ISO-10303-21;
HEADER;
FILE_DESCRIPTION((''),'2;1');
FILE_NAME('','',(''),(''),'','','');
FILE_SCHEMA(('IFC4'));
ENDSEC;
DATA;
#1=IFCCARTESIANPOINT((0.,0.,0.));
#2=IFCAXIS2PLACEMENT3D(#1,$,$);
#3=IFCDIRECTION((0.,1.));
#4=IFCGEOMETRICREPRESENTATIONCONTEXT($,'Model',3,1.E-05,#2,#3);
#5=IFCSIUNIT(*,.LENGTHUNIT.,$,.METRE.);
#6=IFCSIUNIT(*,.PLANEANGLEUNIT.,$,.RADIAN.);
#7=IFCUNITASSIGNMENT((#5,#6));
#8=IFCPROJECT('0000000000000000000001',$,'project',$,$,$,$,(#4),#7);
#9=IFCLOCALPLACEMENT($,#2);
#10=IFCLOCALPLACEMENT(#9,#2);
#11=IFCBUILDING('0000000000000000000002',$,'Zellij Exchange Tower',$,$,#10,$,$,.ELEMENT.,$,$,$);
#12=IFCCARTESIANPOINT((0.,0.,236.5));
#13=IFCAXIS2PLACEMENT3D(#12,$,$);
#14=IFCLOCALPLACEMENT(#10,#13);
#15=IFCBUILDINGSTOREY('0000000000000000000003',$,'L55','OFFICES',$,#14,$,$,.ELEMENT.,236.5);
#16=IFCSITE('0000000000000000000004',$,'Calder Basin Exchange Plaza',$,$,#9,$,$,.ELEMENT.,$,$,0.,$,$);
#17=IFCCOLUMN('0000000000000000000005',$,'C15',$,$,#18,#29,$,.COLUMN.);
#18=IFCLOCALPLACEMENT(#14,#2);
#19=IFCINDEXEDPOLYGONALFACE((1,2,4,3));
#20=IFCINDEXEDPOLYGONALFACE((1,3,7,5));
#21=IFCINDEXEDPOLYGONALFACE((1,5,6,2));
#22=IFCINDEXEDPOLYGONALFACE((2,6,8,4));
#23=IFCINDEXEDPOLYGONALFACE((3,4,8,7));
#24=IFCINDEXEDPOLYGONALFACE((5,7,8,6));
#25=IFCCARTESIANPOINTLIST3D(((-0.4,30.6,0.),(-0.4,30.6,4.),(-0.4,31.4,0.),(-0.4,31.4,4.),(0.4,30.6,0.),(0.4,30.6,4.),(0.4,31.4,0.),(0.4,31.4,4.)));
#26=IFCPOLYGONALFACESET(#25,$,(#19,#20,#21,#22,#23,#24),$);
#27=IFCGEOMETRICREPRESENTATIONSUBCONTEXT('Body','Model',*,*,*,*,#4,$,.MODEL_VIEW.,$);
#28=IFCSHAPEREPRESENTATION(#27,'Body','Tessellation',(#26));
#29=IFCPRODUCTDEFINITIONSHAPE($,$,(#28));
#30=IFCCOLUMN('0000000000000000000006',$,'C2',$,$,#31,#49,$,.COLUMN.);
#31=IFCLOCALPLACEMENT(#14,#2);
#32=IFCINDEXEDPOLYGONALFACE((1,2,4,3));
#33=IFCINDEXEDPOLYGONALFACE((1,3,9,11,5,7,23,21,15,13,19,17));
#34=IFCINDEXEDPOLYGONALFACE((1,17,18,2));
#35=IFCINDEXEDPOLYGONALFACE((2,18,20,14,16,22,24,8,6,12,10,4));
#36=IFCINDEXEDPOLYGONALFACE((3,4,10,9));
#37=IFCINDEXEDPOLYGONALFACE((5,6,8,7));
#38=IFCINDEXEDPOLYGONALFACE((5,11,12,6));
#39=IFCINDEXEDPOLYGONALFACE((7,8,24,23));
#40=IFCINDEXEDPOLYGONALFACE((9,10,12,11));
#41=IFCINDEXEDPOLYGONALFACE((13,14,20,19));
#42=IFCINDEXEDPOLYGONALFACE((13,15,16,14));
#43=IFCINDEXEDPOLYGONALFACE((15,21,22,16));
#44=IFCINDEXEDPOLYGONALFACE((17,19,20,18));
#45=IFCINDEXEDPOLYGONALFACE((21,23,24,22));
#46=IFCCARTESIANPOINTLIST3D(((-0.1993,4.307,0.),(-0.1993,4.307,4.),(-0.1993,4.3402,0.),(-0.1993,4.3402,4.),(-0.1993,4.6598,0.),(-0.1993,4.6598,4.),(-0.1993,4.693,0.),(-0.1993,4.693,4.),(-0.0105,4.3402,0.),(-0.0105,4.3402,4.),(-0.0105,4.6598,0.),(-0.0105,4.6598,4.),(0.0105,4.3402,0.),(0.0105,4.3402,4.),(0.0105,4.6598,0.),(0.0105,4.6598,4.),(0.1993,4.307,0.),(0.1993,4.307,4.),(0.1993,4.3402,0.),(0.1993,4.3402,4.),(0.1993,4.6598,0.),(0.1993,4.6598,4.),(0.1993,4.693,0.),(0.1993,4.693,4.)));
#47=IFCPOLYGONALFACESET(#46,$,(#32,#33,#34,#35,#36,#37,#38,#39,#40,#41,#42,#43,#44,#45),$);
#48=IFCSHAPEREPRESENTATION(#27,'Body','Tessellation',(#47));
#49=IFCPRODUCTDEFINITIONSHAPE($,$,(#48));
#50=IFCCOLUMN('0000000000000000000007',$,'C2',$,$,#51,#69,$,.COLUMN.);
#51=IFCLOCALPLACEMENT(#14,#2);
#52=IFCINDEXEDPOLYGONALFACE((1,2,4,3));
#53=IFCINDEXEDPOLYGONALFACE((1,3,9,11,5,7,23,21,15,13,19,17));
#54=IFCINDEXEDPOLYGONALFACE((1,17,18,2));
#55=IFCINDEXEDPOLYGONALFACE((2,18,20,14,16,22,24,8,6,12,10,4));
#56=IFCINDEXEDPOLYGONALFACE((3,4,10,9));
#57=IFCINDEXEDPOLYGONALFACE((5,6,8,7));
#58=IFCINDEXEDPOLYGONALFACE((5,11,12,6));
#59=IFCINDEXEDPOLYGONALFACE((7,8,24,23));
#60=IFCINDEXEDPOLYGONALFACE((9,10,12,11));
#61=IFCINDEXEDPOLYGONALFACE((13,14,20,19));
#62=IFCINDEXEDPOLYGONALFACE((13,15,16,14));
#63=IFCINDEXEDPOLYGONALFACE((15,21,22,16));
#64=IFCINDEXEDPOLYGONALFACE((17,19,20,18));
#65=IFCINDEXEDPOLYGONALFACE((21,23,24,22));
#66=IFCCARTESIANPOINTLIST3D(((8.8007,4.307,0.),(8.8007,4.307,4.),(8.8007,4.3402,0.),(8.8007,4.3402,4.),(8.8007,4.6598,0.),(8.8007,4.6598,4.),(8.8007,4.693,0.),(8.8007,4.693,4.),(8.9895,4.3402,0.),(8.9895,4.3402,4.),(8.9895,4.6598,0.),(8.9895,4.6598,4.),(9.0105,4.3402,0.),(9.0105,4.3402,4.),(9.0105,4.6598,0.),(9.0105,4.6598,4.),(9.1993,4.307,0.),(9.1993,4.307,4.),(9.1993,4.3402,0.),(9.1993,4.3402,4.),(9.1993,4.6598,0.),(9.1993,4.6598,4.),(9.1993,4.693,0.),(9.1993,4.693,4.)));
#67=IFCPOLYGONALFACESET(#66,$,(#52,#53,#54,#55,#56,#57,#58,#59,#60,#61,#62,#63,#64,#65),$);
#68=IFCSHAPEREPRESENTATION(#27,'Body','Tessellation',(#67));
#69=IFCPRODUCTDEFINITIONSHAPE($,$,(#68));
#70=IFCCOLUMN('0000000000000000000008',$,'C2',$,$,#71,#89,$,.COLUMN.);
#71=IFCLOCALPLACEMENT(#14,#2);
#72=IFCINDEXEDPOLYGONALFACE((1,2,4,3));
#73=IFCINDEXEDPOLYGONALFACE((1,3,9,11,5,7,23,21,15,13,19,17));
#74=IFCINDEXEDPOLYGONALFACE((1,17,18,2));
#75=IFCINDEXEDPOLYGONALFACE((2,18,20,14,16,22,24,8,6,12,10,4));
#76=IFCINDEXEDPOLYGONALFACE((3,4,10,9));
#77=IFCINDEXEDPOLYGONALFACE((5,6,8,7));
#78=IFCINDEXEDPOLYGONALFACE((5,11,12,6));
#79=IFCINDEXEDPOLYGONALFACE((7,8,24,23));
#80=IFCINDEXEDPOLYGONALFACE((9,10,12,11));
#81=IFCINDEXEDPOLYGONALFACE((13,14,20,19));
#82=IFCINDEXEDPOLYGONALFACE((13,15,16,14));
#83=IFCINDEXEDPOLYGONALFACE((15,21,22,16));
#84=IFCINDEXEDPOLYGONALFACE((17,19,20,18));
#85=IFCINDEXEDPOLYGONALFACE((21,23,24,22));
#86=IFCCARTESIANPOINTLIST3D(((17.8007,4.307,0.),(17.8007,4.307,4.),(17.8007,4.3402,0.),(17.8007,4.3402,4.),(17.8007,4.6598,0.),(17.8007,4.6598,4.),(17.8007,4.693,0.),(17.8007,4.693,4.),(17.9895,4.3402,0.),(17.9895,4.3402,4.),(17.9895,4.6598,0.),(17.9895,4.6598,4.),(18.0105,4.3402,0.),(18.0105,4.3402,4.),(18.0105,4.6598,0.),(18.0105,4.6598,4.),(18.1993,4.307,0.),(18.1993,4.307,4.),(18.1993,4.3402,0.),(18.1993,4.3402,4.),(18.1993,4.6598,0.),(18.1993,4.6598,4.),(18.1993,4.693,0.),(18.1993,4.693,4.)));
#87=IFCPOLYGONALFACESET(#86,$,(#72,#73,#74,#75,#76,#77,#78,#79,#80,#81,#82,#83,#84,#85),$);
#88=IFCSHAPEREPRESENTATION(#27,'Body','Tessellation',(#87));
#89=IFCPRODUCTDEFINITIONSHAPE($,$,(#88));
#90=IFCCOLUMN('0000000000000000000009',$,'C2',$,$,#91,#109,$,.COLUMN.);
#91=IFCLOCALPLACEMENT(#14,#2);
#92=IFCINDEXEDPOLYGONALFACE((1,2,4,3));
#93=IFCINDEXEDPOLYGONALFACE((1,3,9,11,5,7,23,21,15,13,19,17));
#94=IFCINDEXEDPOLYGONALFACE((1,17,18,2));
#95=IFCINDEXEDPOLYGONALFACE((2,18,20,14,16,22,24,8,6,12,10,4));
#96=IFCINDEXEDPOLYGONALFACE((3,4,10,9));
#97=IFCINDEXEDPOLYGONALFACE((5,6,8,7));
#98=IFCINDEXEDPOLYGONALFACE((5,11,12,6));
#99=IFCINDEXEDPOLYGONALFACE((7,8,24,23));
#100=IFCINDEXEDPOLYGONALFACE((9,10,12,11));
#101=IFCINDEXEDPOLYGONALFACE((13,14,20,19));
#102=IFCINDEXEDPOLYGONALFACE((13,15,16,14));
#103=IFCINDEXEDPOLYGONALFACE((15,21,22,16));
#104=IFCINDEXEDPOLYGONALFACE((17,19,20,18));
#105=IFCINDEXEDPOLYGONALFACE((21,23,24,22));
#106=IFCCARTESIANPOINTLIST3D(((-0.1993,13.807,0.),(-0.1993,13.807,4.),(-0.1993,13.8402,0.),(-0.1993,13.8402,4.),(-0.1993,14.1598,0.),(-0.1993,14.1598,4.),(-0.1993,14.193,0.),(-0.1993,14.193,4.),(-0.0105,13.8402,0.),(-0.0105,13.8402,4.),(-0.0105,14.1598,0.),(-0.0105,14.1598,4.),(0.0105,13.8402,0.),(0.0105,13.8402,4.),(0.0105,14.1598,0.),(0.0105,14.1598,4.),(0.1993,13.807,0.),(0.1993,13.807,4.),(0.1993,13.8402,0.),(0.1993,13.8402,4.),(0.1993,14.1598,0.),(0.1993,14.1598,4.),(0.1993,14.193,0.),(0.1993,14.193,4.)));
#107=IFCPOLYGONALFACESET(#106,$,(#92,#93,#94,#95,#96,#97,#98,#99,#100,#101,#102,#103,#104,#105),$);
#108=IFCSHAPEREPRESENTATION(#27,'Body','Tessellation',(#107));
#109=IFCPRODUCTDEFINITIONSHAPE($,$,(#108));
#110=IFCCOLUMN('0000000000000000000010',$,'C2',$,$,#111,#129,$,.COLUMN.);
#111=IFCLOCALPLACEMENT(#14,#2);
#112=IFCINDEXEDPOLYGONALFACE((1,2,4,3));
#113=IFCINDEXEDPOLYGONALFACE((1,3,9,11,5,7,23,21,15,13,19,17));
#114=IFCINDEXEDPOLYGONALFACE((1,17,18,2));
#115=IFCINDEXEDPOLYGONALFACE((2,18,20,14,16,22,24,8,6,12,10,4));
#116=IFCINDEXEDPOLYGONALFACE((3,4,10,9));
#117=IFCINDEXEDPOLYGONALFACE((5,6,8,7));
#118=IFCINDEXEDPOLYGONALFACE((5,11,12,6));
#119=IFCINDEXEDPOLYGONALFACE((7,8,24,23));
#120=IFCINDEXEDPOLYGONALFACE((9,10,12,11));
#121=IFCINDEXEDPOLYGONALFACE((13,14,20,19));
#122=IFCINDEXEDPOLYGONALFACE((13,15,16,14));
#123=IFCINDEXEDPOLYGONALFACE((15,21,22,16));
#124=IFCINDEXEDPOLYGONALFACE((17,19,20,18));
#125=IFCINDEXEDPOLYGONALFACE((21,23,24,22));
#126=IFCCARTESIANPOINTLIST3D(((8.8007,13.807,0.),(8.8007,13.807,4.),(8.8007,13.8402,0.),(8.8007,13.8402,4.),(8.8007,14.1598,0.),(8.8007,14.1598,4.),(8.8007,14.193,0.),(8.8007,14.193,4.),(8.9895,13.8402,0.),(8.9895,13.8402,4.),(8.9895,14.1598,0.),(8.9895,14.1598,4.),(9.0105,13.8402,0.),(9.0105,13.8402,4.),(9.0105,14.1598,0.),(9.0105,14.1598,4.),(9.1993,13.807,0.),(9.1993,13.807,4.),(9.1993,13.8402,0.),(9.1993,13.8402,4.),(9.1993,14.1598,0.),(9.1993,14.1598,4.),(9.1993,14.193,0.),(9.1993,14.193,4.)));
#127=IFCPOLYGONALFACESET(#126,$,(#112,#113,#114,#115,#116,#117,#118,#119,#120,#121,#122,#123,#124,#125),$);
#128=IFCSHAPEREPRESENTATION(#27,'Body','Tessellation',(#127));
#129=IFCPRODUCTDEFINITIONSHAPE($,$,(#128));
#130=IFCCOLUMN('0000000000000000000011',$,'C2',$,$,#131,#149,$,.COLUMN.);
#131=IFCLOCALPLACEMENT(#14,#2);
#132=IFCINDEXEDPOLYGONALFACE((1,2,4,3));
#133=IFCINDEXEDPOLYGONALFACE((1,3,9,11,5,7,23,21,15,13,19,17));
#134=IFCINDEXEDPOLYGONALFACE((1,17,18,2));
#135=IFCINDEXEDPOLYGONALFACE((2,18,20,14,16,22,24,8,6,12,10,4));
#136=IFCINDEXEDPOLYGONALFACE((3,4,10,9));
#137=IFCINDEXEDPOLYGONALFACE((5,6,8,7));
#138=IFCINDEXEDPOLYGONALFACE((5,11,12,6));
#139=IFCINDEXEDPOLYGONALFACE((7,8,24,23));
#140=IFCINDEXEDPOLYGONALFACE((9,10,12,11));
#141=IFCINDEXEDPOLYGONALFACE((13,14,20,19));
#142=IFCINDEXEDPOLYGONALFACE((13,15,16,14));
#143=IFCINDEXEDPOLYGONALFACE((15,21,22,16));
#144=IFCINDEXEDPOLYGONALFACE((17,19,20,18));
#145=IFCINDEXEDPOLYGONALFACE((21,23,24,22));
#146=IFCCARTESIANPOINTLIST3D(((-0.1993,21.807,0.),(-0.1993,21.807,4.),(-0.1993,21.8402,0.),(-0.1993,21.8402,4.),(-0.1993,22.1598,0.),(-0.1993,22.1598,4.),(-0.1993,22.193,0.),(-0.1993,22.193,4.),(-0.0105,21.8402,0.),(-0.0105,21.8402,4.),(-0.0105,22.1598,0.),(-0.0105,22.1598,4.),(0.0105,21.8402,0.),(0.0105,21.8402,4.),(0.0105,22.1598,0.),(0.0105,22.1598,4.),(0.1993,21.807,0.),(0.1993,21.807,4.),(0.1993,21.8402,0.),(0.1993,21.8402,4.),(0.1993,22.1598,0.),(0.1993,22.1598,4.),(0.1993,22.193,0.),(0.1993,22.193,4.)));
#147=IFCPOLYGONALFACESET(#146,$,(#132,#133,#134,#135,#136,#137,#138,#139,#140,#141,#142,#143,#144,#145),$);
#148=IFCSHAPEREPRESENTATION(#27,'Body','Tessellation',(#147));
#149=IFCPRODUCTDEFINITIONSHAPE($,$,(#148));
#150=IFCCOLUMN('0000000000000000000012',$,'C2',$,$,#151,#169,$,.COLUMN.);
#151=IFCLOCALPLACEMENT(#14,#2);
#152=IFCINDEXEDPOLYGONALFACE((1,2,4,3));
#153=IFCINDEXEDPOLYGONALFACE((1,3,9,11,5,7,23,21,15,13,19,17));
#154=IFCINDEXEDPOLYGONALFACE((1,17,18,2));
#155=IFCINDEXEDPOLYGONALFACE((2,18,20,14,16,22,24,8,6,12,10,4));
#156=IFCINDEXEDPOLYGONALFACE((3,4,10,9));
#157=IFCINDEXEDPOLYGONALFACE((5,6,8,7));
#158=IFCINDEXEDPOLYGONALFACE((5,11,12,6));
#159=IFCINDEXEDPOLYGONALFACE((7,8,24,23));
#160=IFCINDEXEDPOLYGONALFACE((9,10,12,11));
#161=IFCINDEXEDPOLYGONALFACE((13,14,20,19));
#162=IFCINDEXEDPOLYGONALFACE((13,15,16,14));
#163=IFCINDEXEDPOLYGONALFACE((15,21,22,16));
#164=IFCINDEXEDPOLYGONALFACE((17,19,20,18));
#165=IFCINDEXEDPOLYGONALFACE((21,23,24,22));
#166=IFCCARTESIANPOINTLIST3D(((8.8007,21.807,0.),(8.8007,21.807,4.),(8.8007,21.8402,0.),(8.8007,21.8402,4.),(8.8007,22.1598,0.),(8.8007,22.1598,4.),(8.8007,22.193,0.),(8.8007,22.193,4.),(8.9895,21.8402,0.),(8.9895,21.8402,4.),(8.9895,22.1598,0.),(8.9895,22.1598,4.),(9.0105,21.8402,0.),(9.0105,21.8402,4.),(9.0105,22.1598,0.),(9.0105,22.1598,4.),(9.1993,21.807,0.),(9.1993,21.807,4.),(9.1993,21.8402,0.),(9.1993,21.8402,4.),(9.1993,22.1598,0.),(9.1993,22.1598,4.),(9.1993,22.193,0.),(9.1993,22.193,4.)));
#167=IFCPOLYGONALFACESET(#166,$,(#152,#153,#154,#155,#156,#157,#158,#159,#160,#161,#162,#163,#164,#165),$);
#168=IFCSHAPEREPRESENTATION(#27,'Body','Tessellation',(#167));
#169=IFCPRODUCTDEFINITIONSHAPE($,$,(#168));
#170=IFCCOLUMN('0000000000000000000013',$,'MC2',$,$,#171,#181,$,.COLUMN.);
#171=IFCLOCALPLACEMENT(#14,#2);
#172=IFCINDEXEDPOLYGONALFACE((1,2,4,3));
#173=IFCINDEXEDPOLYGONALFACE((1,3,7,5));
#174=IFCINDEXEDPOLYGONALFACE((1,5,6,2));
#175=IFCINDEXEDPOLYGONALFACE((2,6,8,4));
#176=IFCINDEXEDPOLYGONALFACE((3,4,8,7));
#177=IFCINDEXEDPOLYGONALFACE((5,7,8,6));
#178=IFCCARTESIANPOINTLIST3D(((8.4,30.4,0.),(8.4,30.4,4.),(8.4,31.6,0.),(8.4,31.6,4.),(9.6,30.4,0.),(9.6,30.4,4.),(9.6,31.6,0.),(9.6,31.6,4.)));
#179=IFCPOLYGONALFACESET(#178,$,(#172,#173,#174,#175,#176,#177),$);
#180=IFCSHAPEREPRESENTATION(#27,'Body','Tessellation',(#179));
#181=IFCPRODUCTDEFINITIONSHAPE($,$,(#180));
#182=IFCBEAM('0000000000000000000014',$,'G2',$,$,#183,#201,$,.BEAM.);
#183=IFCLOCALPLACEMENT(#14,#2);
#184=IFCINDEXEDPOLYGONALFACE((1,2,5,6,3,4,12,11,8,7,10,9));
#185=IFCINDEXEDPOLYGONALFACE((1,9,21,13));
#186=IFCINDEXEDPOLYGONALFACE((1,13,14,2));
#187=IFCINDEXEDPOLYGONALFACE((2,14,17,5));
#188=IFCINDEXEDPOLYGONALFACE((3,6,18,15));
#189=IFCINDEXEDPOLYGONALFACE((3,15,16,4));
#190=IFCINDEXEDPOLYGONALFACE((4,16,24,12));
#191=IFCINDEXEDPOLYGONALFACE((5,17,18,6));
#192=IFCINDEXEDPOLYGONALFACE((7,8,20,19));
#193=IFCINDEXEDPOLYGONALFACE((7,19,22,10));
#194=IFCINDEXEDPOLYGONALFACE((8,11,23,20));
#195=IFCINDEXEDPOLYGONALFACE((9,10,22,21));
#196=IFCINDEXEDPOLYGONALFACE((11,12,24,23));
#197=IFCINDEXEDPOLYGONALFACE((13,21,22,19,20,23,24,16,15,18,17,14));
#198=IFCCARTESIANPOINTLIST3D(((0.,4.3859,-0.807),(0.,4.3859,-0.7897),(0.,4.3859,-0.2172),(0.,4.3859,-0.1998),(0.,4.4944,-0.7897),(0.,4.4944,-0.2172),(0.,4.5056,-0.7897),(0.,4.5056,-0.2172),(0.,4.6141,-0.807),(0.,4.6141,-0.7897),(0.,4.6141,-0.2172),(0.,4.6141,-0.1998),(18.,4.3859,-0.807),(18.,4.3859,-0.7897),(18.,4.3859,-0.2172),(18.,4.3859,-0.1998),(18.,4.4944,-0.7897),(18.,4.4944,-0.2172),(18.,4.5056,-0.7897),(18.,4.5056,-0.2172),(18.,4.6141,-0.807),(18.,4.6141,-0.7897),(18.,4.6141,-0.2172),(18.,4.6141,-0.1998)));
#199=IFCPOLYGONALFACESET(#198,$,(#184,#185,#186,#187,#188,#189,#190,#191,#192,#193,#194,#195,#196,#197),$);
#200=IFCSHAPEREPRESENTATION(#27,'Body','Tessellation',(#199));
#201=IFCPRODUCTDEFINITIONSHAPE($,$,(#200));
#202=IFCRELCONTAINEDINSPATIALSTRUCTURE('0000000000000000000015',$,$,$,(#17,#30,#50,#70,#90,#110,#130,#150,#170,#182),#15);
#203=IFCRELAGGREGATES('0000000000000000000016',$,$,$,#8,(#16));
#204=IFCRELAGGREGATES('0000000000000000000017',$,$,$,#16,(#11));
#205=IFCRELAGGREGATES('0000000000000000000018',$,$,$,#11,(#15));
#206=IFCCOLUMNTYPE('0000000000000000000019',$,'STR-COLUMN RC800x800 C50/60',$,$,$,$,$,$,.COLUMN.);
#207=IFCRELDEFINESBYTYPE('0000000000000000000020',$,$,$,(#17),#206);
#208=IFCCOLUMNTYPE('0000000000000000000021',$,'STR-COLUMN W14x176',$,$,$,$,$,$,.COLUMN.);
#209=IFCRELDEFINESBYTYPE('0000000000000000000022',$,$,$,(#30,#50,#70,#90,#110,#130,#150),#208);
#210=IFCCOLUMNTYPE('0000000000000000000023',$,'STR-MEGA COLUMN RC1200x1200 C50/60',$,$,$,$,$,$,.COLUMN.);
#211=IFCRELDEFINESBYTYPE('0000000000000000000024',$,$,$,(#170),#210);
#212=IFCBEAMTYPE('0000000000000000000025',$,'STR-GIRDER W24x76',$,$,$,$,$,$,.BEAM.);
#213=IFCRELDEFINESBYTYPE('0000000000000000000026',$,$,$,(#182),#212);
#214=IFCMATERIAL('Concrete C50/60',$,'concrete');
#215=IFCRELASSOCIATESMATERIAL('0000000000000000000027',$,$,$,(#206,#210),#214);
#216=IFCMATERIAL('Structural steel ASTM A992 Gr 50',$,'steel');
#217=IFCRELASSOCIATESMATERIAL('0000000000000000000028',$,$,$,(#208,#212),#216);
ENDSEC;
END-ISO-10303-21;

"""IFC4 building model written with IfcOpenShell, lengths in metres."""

from ifc_helpers import new_model, si_unit, direction, frame, origin, origin_2d, place, context, subcontext, project, spatial, rectangle, i_section, extrude, material, material_profile, profile_set, type_object, element, save


model = new_model("IFC4")

# Units and contexts
model_context = context("Model", 3, precision=1e-05, world=origin(), true_north=direction((0.0, 1.0)))
body_context = subcontext(model_context, "Body", "Model", "MODEL_VIEW")
ifc_project = project(units=[si_unit("LENGTHUNIT", "METRE"), si_unit("PLANEANGLEUNIT", "RADIAN")], contexts=[model_context])

# Site, building, storey
site_placement = place(None, origin())
site = spatial("IfcSite", under=ifc_project, at=site_placement, Name="Calder Basin Exchange Plaza", CompositionType="ELEMENT", RefElevation=0.0)
building_placement = place(site_placement, origin())
building = spatial("IfcBuilding", under=site, at=building_placement, Name="Zellij Exchange Tower", CompositionType="ELEMENT")
storey_placement = place(building_placement, frame((0.0, 0.0, 236.5)))
storey = spatial("IfcBuildingStorey", under=building, at=storey_placement, Name="L55", Description="OFFICES", CompositionType="ELEMENT", Elevation=236.5)

# Columns
ifc_material_1 = material(Name="Concrete C50/60", Category="concrete")
ifc_material_profile_1 = material_profile(ifc_material_1, rectangle(XDim=0.8, YDim=0.8, at=origin_2d()), Name="STR-COLUMN RC800x800 C50/60")
ifc_profile_set_1 = profile_set([ifc_material_profile_1], Name="Concrete C50/60")
column_type_1 = type_object("IfcColumnType", Name="STR-COLUMN RC800x800 C50/60", PredefinedType="COLUMN", material=ifc_profile_set_1)
column_1_placement = place(storey_placement, frame((0.0, 31.0, 0.0), z_axis=(0.0, 0.0, 1.0), x_axis=(1.0, 0.0, 0.0)))
element("IfcColumn", 1, at=column_1_placement, inside=storey, type_object=column_type_1, Name="C15", PredefinedType="COLUMN", context=body_context, shape_type="SweptSolid", body=[
    extrude(rectangle(XDim=0.8, YDim=0.8, at=origin_2d()), origin(), (0.0, 0.0, 1.0), 4.0),
])
ifc_material_2 = material(Name="Structural steel ASTM A992 Gr 50", Category="steel")
ifc_material_profile_2 = material_profile(ifc_material_2, i_section(OverallWidth=0.3987, OverallDepth=0.386, WebThickness=0.021, FlangeThickness=0.0332, at=origin_2d()), Name="W14x176")
ifc_profile_set_2 = profile_set([ifc_material_profile_2], Name="Structural steel ASTM A992 Gr 50")
column_type_2 = type_object("IfcColumnType", Name="STR-COLUMN W14x176", PredefinedType="COLUMN", material=ifc_profile_set_2)
for number, where, z_axis, x_axis, name in (
    (2, (0.0, 4.5, 0.0), (0.0, 0.0, 1.0), (1.0, 0.0, 0.0), "C2"),
    (3, (9.0, 4.5, 0.0), (0.0, 0.0, 1.0), (1.0, 0.0, 0.0), "C2"),
    (4, (18.0, 4.5, 0.0), (0.0, 0.0, 1.0), (1.0, 0.0, 0.0), "C2"),
    (5, (0.0, 14.0, 0.0), (0.0, 0.0, 1.0), (1.0, 0.0, 0.0), "C2"),
    (6, (9.0, 14.0, 0.0), (0.0, 0.0, 1.0), (1.0, 0.0, 0.0), "C2"),
    (7, (0.0, 22.0, 0.0), (0.0, 0.0, 1.0), (1.0, 0.0, 0.0), "C2"),
    (8, (9.0, 22.0, 0.0), (0.0, 0.0, 1.0), (1.0, 0.0, 0.0), "C2"),
):
    element("IfcColumn", number, at=place(storey_placement, frame(where, z_axis=z_axis, x_axis=x_axis)), inside=storey, type_object=column_type_2, Name=name, PredefinedType="COLUMN", context=body_context, shape_type="SweptSolid", body=[
        extrude(i_section(OverallWidth=0.3987, OverallDepth=0.386, WebThickness=0.021, FlangeThickness=0.0332, at=origin_2d()), origin(), (0.0, 0.0, 1.0), 4.0),
    ])
ifc_material_profile_3 = material_profile(ifc_material_1, rectangle(XDim=1.2, YDim=1.2, at=origin_2d()), Name="STR-MEGA COLUMN RC1200x1200 C50/60")
ifc_profile_set_3 = profile_set([ifc_material_profile_3], Name="Concrete C50/60")
column_type_3 = type_object("IfcColumnType", Name="STR-MEGA COLUMN RC1200x1200 C50/60", PredefinedType="COLUMN", material=ifc_profile_set_3)
column_2_placement = place(storey_placement, frame((9.0, 31.0, 0.0), z_axis=(0.0, 0.0, 1.0), x_axis=(1.0, 0.0, 0.0)))
element("IfcColumn", 9, at=column_2_placement, inside=storey, type_object=column_type_3, Name="MC2", PredefinedType="COLUMN", context=body_context, shape_type="SweptSolid", body=[
    extrude(rectangle(XDim=1.2, YDim=1.2, at=origin_2d()), origin(), (0.0, 0.0, 1.0), 4.0),
])

# Beam
ifc_material_profile_4 = material_profile(ifc_material_2, i_section(OverallWidth=0.2283, OverallDepth=0.6072, WebThickness=0.0112, FlangeThickness=0.0173, at=origin_2d()), Name="W24x76")
ifc_profile_set_4 = profile_set([ifc_material_profile_4], Name="Structural steel ASTM A992 Gr 50")
beam_type = type_object("IfcBeamType", Name="STR-GIRDER W24x76", PredefinedType="BEAM", material=ifc_profile_set_4)
beam_1_placement = place(storey_placement, frame((0.0, 4.5, -0.5034), z_axis=(1.0, 0.0, 0.0), x_axis=(0.0, 1.0, 0.0)))
element("IfcBeam", 10, at=beam_1_placement, inside=storey, type_object=beam_type, Name="G2", PredefinedType="BEAM", context=body_context, shape_type="SweptSolid", body=[
    extrude(i_section(OverallWidth=0.2283, OverallDepth=0.6072, WebThickness=0.0112, FlangeThickness=0.0173, at=origin_2d()), origin(), (0.0, 0.0, 1.0), 18.0),
])

save(model, "model.ifc")
